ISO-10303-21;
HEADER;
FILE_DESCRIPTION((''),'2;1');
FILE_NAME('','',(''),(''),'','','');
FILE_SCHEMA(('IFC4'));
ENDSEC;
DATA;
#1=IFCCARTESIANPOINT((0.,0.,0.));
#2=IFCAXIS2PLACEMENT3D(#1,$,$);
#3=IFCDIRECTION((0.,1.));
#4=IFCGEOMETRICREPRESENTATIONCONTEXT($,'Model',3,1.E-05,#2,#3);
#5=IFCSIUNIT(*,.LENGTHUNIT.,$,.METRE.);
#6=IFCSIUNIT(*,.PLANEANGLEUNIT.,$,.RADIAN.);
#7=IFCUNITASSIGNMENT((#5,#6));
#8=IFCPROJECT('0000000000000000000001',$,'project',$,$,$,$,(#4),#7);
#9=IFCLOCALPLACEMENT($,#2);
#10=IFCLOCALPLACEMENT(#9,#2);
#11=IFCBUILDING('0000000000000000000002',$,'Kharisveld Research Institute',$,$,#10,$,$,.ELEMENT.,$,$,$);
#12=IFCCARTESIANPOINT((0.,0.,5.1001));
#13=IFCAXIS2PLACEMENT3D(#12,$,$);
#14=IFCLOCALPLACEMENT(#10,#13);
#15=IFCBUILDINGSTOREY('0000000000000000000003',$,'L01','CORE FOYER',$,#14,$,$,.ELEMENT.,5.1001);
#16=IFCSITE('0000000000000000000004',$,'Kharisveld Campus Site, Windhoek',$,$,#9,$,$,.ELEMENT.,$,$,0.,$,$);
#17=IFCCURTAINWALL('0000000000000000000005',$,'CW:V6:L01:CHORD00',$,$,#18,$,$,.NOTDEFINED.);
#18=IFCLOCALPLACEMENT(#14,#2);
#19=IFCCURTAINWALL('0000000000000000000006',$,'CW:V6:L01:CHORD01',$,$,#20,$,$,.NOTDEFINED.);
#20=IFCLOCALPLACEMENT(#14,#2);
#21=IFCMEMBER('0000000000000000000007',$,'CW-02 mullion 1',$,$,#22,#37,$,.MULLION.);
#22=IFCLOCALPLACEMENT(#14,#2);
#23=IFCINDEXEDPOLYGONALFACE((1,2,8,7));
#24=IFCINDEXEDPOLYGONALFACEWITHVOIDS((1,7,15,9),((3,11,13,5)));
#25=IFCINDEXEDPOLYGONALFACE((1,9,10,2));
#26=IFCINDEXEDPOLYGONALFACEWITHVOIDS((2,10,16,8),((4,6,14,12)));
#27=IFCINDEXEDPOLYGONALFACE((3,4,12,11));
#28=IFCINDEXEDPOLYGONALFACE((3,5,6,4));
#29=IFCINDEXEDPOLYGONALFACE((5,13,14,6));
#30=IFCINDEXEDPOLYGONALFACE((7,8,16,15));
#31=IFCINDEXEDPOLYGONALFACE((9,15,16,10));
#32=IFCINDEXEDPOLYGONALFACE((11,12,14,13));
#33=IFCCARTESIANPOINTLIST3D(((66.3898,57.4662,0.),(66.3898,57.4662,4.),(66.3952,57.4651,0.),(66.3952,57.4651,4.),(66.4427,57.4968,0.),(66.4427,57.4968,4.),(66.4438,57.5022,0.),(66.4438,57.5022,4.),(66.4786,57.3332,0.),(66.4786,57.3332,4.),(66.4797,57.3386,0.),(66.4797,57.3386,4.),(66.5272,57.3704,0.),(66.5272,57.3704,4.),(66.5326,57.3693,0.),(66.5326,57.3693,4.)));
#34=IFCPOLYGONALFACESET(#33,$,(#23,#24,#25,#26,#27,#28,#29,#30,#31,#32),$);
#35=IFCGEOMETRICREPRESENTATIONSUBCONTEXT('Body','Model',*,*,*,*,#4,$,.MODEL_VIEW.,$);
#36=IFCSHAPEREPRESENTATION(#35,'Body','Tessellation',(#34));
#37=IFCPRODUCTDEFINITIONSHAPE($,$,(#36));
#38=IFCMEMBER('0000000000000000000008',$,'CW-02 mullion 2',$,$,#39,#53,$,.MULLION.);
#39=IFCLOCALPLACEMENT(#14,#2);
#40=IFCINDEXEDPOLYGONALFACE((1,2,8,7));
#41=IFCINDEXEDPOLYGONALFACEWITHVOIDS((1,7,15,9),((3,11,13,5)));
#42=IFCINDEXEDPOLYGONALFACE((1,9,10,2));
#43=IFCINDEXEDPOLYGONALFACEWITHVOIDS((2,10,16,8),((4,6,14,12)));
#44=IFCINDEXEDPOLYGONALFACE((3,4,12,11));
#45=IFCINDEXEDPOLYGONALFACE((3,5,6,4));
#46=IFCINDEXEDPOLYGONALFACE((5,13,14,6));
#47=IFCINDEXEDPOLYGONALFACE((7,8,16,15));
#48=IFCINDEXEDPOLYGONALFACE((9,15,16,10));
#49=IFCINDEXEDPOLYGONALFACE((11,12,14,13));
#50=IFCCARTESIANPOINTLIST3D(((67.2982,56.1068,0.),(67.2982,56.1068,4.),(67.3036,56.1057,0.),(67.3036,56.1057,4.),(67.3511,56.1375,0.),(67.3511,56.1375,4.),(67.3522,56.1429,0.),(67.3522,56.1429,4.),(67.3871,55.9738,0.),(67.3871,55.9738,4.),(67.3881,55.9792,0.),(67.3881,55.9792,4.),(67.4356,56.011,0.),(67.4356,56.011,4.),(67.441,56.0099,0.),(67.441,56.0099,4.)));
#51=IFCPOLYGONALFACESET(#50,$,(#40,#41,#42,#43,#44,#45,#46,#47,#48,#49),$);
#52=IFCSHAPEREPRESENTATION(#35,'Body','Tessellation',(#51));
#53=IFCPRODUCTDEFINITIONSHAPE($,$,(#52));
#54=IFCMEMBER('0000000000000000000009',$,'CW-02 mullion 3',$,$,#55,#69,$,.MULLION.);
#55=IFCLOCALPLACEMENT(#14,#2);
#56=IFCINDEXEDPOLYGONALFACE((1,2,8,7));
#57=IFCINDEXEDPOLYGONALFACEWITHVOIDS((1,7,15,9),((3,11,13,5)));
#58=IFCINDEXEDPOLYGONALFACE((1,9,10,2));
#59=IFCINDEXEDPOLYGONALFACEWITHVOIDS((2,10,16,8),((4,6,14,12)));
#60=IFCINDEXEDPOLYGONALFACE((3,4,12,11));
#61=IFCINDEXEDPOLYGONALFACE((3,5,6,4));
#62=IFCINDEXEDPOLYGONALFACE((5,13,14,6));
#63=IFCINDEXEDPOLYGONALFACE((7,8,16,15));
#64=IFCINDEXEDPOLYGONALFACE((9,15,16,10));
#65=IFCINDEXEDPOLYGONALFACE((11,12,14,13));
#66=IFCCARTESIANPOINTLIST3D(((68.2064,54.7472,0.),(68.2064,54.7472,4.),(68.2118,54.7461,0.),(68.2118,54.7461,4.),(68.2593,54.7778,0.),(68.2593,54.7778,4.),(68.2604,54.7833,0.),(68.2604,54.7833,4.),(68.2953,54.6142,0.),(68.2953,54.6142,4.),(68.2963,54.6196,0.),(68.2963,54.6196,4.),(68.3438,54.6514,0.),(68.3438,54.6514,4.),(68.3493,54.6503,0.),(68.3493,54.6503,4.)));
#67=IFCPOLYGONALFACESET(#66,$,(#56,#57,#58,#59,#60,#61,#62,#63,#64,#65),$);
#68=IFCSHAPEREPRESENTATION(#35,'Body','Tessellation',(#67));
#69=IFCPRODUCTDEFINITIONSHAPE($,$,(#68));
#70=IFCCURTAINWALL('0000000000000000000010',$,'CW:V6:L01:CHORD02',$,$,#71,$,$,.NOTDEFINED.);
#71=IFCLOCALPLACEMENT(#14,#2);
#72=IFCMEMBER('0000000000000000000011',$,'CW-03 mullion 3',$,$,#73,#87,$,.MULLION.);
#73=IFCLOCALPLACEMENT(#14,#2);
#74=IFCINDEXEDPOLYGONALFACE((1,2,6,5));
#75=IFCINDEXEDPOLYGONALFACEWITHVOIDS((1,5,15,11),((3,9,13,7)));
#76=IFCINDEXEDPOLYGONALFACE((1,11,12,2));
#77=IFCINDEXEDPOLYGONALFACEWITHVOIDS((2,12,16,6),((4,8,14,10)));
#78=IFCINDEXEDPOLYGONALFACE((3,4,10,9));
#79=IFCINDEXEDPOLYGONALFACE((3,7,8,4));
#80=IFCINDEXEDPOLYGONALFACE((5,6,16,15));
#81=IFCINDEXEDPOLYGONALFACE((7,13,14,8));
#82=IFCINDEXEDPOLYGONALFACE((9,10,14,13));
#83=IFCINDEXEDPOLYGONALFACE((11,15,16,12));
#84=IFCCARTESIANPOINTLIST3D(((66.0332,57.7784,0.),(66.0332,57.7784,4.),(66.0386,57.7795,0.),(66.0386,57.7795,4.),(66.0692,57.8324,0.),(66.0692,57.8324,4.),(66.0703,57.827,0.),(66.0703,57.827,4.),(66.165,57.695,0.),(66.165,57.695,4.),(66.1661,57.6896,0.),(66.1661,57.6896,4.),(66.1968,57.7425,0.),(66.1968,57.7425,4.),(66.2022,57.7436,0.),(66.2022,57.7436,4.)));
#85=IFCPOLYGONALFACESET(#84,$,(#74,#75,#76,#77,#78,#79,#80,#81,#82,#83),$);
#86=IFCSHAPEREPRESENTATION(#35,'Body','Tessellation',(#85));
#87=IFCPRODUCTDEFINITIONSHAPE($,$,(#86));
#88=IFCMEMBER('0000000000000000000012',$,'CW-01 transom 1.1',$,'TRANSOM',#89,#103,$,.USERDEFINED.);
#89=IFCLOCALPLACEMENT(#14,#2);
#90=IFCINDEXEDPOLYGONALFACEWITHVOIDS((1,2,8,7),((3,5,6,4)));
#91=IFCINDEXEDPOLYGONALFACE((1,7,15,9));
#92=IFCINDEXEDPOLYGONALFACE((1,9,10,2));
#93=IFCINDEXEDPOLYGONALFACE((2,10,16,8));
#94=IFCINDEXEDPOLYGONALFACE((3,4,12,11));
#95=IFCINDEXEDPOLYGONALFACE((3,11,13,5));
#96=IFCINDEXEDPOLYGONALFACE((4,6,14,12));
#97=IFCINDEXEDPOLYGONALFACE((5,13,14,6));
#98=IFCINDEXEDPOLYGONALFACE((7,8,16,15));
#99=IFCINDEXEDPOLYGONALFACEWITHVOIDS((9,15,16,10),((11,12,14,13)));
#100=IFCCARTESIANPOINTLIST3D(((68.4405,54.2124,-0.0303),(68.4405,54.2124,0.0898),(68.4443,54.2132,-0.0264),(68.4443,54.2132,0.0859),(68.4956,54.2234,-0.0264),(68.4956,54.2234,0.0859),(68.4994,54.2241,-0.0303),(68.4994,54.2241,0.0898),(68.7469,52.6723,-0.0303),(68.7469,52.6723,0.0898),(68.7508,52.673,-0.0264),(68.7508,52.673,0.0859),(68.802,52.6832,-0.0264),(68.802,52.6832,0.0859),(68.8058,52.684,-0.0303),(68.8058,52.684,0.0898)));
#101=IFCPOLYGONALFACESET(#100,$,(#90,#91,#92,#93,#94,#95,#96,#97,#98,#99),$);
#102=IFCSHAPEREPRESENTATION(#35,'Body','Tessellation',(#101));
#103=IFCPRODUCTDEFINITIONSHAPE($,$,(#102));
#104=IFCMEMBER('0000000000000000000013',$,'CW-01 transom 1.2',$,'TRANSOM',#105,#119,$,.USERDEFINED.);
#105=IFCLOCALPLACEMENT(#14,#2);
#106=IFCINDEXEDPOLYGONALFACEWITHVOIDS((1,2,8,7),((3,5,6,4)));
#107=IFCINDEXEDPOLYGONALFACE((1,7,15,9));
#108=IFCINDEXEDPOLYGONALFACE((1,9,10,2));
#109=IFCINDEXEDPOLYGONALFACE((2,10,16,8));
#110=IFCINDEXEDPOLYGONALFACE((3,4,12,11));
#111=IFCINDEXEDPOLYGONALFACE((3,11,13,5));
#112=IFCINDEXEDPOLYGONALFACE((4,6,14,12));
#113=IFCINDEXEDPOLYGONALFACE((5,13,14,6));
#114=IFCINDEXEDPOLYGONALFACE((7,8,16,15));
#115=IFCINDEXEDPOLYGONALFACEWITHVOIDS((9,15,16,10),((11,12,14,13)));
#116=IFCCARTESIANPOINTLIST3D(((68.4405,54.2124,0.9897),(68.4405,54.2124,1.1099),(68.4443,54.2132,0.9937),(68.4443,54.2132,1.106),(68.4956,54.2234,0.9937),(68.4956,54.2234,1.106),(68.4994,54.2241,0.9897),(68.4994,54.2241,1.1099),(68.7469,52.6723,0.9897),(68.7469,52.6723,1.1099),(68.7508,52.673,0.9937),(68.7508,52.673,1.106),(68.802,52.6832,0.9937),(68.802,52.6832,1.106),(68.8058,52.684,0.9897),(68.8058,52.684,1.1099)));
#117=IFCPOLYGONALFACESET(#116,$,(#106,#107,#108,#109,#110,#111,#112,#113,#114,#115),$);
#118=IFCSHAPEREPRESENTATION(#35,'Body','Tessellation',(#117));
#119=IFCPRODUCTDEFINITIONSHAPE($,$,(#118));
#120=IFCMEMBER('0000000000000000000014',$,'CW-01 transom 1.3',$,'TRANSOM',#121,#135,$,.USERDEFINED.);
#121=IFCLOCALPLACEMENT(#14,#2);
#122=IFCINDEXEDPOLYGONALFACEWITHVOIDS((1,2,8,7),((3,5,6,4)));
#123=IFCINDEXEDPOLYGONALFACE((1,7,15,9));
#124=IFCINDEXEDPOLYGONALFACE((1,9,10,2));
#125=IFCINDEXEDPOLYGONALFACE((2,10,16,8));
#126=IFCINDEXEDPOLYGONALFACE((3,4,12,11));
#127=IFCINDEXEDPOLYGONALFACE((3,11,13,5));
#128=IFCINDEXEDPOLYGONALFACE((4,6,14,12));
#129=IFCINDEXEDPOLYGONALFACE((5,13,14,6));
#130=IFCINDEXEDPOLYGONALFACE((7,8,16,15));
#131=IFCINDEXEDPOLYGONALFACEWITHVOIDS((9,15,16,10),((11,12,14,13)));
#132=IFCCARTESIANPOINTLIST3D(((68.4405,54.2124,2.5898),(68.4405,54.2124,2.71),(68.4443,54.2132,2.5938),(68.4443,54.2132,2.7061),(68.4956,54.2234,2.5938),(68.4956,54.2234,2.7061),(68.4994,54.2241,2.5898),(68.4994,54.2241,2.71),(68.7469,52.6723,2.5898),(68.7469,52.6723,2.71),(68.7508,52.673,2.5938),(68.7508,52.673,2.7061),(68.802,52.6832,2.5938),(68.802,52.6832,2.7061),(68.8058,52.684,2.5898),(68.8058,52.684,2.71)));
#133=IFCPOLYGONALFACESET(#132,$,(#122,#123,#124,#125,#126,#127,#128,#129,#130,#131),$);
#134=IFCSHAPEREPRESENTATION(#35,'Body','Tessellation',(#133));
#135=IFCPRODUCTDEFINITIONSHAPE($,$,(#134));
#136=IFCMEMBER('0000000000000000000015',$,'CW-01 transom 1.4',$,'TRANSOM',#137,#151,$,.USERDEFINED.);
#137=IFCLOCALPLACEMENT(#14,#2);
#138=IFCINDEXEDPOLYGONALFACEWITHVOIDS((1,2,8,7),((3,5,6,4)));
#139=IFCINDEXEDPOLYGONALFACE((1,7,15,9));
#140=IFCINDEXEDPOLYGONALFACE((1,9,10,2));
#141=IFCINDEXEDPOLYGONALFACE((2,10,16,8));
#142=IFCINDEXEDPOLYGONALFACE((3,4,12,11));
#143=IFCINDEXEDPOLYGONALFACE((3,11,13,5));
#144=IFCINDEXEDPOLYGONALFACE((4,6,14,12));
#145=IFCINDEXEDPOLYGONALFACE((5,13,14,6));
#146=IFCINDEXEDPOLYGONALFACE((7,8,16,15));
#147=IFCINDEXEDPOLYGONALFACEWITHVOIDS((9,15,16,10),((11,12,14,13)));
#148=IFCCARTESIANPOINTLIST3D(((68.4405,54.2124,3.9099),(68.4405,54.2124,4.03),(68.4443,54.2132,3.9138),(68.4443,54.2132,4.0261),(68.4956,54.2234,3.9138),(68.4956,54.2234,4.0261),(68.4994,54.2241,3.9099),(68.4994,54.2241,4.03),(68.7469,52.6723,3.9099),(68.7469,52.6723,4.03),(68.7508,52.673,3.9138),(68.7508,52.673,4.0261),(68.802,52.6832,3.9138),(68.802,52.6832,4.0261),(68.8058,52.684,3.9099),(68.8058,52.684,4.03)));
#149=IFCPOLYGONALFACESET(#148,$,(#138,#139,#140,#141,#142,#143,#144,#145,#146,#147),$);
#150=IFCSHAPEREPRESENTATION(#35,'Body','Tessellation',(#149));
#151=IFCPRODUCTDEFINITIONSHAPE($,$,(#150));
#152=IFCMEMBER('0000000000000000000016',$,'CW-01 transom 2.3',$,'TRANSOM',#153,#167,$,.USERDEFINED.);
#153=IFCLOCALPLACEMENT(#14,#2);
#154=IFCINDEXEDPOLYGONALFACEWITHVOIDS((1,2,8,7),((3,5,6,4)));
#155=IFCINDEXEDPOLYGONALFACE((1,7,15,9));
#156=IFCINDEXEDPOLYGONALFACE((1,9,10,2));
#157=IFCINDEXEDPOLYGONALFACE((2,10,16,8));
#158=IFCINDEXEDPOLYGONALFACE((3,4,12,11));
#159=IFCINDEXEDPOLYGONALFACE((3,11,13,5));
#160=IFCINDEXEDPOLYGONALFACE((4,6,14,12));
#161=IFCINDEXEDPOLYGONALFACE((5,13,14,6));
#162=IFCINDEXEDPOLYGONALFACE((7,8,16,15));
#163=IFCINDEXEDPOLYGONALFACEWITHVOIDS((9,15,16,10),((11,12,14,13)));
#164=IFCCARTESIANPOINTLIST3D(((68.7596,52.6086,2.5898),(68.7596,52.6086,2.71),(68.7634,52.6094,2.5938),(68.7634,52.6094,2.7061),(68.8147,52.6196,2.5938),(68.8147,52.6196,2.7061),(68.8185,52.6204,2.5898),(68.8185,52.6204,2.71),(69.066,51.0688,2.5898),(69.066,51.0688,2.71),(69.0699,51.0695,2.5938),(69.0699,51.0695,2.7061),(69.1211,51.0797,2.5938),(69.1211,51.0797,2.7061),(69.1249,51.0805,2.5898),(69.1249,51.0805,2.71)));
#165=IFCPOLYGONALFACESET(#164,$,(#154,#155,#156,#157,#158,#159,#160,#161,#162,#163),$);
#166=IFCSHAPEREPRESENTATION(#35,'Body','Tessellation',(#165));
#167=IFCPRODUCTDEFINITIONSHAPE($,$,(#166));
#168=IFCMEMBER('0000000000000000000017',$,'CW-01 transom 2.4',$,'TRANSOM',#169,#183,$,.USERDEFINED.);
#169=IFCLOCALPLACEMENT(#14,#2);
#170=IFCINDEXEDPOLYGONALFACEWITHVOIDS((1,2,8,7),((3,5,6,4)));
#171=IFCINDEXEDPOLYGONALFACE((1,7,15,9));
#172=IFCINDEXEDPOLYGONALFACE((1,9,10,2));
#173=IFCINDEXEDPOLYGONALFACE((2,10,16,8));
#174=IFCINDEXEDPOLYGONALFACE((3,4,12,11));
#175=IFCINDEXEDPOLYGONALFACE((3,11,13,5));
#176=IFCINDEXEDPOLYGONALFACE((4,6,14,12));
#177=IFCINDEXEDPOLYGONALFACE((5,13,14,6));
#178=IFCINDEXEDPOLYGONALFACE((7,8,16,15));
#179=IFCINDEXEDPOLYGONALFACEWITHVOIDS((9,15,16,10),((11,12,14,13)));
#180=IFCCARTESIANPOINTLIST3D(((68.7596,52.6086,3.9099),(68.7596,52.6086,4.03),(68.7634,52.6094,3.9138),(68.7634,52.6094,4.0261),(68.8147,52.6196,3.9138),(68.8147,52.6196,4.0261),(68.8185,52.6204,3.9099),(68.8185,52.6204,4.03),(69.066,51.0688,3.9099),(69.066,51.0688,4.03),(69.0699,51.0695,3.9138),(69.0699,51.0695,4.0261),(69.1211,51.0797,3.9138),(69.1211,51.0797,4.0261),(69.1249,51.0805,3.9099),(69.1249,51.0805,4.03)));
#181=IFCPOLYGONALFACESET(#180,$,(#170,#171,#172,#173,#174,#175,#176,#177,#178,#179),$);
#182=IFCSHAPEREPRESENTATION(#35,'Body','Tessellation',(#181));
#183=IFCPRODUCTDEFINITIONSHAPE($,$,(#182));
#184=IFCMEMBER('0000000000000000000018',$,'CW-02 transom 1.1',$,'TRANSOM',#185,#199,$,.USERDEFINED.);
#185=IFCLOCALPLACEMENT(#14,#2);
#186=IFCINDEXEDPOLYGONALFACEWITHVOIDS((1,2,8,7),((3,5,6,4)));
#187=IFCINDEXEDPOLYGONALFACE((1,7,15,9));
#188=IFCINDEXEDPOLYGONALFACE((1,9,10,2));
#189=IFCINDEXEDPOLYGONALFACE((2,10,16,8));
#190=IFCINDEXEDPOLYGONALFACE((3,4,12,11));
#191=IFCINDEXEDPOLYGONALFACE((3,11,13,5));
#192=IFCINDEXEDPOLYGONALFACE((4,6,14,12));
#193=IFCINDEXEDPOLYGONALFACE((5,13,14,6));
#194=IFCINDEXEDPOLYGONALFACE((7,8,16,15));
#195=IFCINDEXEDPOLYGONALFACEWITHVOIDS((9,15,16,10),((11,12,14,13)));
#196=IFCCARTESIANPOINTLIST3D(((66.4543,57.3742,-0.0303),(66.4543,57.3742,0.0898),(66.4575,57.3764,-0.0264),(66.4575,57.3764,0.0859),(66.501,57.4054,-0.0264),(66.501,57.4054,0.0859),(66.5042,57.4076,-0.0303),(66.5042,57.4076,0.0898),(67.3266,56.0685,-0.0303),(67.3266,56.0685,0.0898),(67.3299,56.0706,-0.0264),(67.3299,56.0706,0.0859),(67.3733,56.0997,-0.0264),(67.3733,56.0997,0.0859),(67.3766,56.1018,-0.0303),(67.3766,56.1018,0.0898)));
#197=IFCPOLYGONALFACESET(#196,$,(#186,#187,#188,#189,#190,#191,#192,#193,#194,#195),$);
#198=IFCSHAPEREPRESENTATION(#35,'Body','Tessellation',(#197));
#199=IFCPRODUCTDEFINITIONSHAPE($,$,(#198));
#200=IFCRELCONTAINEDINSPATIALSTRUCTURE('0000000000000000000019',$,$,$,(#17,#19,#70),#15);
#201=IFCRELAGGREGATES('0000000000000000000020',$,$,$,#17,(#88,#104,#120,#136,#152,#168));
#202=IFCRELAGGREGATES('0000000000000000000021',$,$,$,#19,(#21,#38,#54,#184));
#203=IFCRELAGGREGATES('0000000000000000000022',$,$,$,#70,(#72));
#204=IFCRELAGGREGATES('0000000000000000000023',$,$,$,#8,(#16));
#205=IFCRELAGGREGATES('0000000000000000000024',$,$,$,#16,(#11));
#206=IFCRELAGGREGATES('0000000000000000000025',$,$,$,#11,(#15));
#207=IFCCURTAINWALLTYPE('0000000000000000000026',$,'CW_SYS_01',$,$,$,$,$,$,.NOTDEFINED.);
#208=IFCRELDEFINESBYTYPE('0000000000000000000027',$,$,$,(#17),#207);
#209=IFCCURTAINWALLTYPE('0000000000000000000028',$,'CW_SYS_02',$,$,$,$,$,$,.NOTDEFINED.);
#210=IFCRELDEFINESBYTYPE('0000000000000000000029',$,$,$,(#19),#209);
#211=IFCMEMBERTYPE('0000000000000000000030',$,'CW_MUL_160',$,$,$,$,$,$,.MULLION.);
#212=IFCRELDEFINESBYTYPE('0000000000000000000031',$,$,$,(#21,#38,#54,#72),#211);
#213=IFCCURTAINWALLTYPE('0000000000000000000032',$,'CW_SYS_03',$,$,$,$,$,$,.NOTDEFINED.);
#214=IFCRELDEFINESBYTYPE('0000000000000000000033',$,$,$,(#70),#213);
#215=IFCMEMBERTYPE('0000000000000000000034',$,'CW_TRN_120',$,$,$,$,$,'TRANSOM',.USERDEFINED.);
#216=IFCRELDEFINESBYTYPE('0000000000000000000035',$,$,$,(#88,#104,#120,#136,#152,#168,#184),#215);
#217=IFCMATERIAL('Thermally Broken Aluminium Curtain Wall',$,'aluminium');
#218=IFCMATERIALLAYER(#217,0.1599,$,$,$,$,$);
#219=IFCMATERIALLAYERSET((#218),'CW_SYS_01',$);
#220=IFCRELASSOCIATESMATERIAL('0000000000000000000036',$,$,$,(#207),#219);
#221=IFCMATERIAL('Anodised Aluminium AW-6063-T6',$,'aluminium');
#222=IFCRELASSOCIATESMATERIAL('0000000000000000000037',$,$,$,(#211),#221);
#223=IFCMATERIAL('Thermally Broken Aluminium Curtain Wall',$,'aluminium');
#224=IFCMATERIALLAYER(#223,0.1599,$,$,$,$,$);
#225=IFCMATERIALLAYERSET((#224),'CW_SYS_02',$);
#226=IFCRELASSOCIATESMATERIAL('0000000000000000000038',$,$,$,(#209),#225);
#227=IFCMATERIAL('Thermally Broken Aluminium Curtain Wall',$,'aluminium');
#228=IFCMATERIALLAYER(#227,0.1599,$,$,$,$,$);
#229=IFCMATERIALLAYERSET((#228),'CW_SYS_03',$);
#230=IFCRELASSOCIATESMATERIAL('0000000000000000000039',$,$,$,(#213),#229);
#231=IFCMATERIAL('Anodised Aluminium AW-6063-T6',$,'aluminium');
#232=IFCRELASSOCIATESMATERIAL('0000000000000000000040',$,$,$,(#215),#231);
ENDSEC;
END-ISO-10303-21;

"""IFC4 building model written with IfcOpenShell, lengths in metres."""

from ifc_helpers import new_model, si_unit, direction, frame, origin, origin_2d, place, context, subcontext, project, spatial, hollow_rectangle, extrude, material, layer, layer_set, material_profile, profile_set, type_object, element, aggregate, save


model = new_model("IFC4")

# Units and contexts
model_context = context("Model", 3, precision=1e-05, world=origin(), true_north=direction((0.0, 1.0)))
body_context = subcontext(model_context, "Body", "Model", "MODEL_VIEW")
ifc_project = project(units=[si_unit("LENGTHUNIT", "METRE"), si_unit("PLANEANGLEUNIT", "RADIAN")], contexts=[model_context])

# Site, building, storey
site_placement = place(None, origin())
site = spatial("IfcSite", under=ifc_project, at=site_placement, Name="Kharisveld Campus Site, Windhoek", CompositionType="ELEMENT", RefElevation=0.0)
building_placement = place(site_placement, origin())
building = spatial("IfcBuilding", under=site, at=building_placement, Name="Kharisveld Research Institute", CompositionType="ELEMENT")
storey_placement = place(building_placement, frame((0.0, 0.0, 5.1001)))
storey = spatial("IfcBuildingStorey", under=building, at=storey_placement, Name="L01", Description="CORE FOYER", CompositionType="ELEMENT", Elevation=5.1001)

# Curtain walls, members
ifc_material_1 = material(Name="Thermally Broken Aluminium Curtain Wall", Category="aluminium")
ifc_layer_1 = layer(ifc_material_1, 0.1599)
ifc_layer_set_1 = layer_set([ifc_layer_1], Name="CW_SYS_01")
curtain_wall_type_1 = type_object("IfcCurtainWallType", Name="CW_SYS_01", PredefinedType="NOTDEFINED", material=ifc_layer_set_1)
curtain_wall_1_placement = place(storey_placement, origin())
curtain_wall_1 = element("IfcCurtainWall", 1, at=curtain_wall_1_placement, inside=storey, type_object=curtain_wall_type_1, Name="CW:V6:L01:CHORD00", PredefinedType="NOTDEFINED")
ifc_material_2 = material(Name="Anodised Aluminium AW-6063-T6", Category="aluminium")
ifc_material_profile_1 = material_profile(ifc_material_2, hollow_rectangle(XDim=0.0649, YDim=0.1599, WallThickness=0.0039, at=origin_2d()))
ifc_profile_set_1 = profile_set([ifc_material_profile_1], Name="Anodised Aluminium AW-6063-T6")
member_type_1 = type_object("IfcMemberType", Name="CW_MUL_160", PredefinedType="MULLION", material=ifc_profile_set_1)
ifc_material_3 = material(Name="Thermally Broken Aluminium Curtain Wall", Category="aluminium")
ifc_layer_2 = layer(ifc_material_3, 0.1599)
ifc_layer_set_2 = layer_set([ifc_layer_2], Name="CW_SYS_02")
curtain_wall_type_2 = type_object("IfcCurtainWallType", Name="CW_SYS_02", PredefinedType="NOTDEFINED", material=ifc_layer_set_2)
curtain_wall_2_placement = place(storey_placement, origin())
curtain_wall_2 = element("IfcCurtainWall", 2, at=curtain_wall_2_placement, inside=storey, type_object=curtain_wall_type_2, Name="CW:V6:L01:CHORD01", PredefinedType="NOTDEFINED")
member_1_placement = place(storey_placement, frame((66.4612, 57.4177, 0.0), z_axis=(0.0, 0.0, 1.0), x_axis=(0.83147, 0.55557, 0.0)))
member_1 = element("IfcMember", 3, at=member_1_placement, type_object=member_type_1, Name="CW-02 mullion 1", PredefinedType="MULLION", context=body_context, shape_type="SweptSolid", body=[
    extrude(hollow_rectangle(XDim=0.0649, YDim=0.1599, WallThickness=0.0039, at=origin_2d()), origin(), (0.0, 0.0, 1.0), 4.0),
])
member_2_placement = place(storey_placement, frame((67.3696, 56.0583, 0.0), z_axis=(0.0, 0.0, 1.0), x_axis=(0.83147, 0.55557, 0.0)))
member_2 = element("IfcMember", 4, at=member_2_placement, type_object=member_type_1, Name="CW-02 mullion 2", PredefinedType="MULLION", context=body_context, shape_type="SweptSolid", body=[
    extrude(hollow_rectangle(XDim=0.0649, YDim=0.1599, WallThickness=0.0039, at=origin_2d()), origin(), (0.0, 0.0, 1.0), 4.0),
])
member_3_placement = place(storey_placement, frame((68.2778, 54.6987, 0.0), z_axis=(0.0, 0.0, 1.0), x_axis=(0.83147, 0.55557, 0.0)))
member_3 = element("IfcMember", 5, at=member_3_placement, type_object=member_type_1, Name="CW-02 mullion 3", PredefinedType="MULLION", context=body_context, shape_type="SweptSolid", body=[
    extrude(hollow_rectangle(XDim=0.0649, YDim=0.1599, WallThickness=0.0039, at=origin_2d()), origin(), (0.0, 0.0, 1.0), 4.0),
])

# Curtain wall, member
ifc_material_4 = material(Name="Thermally Broken Aluminium Curtain Wall", Category="aluminium")
ifc_layer_3 = layer(ifc_material_4, 0.1599)
ifc_layer_set_3 = layer_set([ifc_layer_3], Name="CW_SYS_03")
curtain_wall_type_3 = type_object("IfcCurtainWallType", Name="CW_SYS_03", PredefinedType="NOTDEFINED", material=ifc_layer_set_3)
curtain_wall_3_placement = place(storey_placement, origin())
curtain_wall_3 = element("IfcCurtainWall", 6, at=curtain_wall_3_placement, inside=storey, type_object=curtain_wall_type_3, Name="CW:V6:L01:CHORD02", PredefinedType="NOTDEFINED")
member_4_placement = place(storey_placement, frame((66.1177, 57.761, 0.0), z_axis=(0.0, 0.0, 1.0), x_axis=(0.55557, 0.83147, 0.0)))
member_4 = element("IfcMember", 7, at=member_4_placement, type_object=member_type_1, Name="CW-03 mullion 3", PredefinedType="MULLION", context=body_context, shape_type="SweptSolid", body=[
    extrude(hollow_rectangle(XDim=0.0649, YDim=0.1599, WallThickness=0.0039, at=origin_2d()), origin(), (0.0, 0.0, 1.0), 4.0),
])

# Members
ifc_material_5 = material(Name="Anodised Aluminium AW-6063-T6", Category="aluminium")
ifc_material_profile_2 = material_profile(ifc_material_5, hollow_rectangle(XDim=0.0601, YDim=0.1201, WallThickness=0.0039, at=origin_2d()))
ifc_profile_set_2 = profile_set([ifc_material_profile_2], Name="Anodised Aluminium AW-6063-T6")
member_type_2 = type_object("IfcMemberType", Name="CW_TRN_120", ElementType="TRANSOM", PredefinedType="USERDEFINED", material=ifc_profile_set_2)
member_5_placement = place(storey_placement, frame((68.47, 54.2183, 0.0298), z_axis=(0.195129, -0.980778, 0.0), x_axis=(0.980778, 0.195129, 0.0)))
member_5 = element("IfcMember", 8, at=member_5_placement, type_object=member_type_2, Name="CW-01 transom 1.1", ObjectType="TRANSOM", PredefinedType="USERDEFINED", context=body_context, shape_type="SweptSolid", body=[
    extrude(hollow_rectangle(XDim=0.0601, YDim=0.1201, WallThickness=0.0039, at=origin_2d()), origin(), (0.0, 0.0, 1.0), 1.5703),
])
member_6_placement = place(storey_placement, frame((68.47, 54.2183, 1.0498), z_axis=(0.195129, -0.980778, 0.0), x_axis=(0.980778, 0.195129, 0.0)))
member_6 = element("IfcMember", 9, at=member_6_placement, type_object=member_type_2, Name="CW-01 transom 1.2", ObjectType="TRANSOM", PredefinedType="USERDEFINED", context=body_context, shape_type="SweptSolid", body=[
    extrude(hollow_rectangle(XDim=0.0601, YDim=0.1201, WallThickness=0.0039, at=origin_2d()), origin(), (0.0, 0.0, 1.0), 1.5703),
])
member_7_placement = place(storey_placement, frame((68.47, 54.2183, 2.6499), z_axis=(0.195129, -0.980778, 0.0), x_axis=(0.980778, 0.195129, 0.0)))
member_7 = element("IfcMember", 10, at=member_7_placement, type_object=member_type_2, Name="CW-01 transom 1.3", ObjectType="TRANSOM", PredefinedType="USERDEFINED", context=body_context, shape_type="SweptSolid", body=[
    extrude(hollow_rectangle(XDim=0.0601, YDim=0.1201, WallThickness=0.0039, at=origin_2d()), origin(), (0.0, 0.0, 1.0), 1.5703),
])
member_8_placement = place(storey_placement, frame((68.47, 54.2183, 3.97), z_axis=(0.195129, -0.980778, 0.0), x_axis=(0.980778, 0.195129, 0.0)))
member_8 = element("IfcMember", 11, at=member_8_placement, type_object=member_type_2, Name="CW-01 transom 1.4", ObjectType="TRANSOM", PredefinedType="USERDEFINED", context=body_context, shape_type="SweptSolid", body=[
    extrude(hollow_rectangle(XDim=0.0601, YDim=0.1201, WallThickness=0.0039, at=origin_2d()), origin(), (0.0, 0.0, 1.0), 1.5703),
])
member_9_placement = place(storey_placement, frame((68.7891, 52.6145, 2.6499), z_axis=(0.195159, -0.980772, 0.0), x_axis=(0.980772, 0.195159, 0.0)))
member_9 = element("IfcMember", 12, at=member_9_placement, type_object=member_type_2, Name="CW-01 transom 2.3", ObjectType="TRANSOM", PredefinedType="USERDEFINED", context=body_context, shape_type="SweptSolid", body=[
    extrude(hollow_rectangle(XDim=0.0601, YDim=0.1201, WallThickness=0.0039, at=origin_2d()), origin(), (0.0, 0.0, 1.0), 1.5701),
])
member_10_placement = place(storey_placement, frame((68.7891, 52.6145, 3.97), z_axis=(0.195159, -0.980772, 0.0), x_axis=(0.980772, 0.195159, 0.0)))
member_10 = element("IfcMember", 13, at=member_10_placement, type_object=member_type_2, Name="CW-01 transom 2.4", ObjectType="TRANSOM", PredefinedType="USERDEFINED", context=body_context, shape_type="SweptSolid", body=[
    extrude(hollow_rectangle(XDim=0.0601, YDim=0.1201, WallThickness=0.0039, at=origin_2d()), origin(), (0.0, 0.0, 1.0), 1.5701),
])
member_11_placement = place(storey_placement, frame((66.4792, 57.3909, 0.0298), z_axis=(0.555525, -0.8315, 0.0), x_axis=(0.8315, 0.555525, 0.0)))
member_11 = element("IfcMember", 14, at=member_11_placement, type_object=member_type_2, Name="CW-02 transom 1.1", ObjectType="TRANSOM", PredefinedType="USERDEFINED", context=body_context, shape_type="SweptSolid", body=[
    extrude(hollow_rectangle(XDim=0.0601, YDim=0.1201, WallThickness=0.0039, at=origin_2d()), origin(), (0.0, 0.0, 1.0), 1.5703),
])

aggregate(curtain_wall_1, [member_5, member_6, member_7, member_8, member_9, member_10])
aggregate(curtain_wall_2, [member_1, member_2, member_3, member_11])
aggregate(curtain_wall_3, [member_4])

save(model, "model.ifc")
